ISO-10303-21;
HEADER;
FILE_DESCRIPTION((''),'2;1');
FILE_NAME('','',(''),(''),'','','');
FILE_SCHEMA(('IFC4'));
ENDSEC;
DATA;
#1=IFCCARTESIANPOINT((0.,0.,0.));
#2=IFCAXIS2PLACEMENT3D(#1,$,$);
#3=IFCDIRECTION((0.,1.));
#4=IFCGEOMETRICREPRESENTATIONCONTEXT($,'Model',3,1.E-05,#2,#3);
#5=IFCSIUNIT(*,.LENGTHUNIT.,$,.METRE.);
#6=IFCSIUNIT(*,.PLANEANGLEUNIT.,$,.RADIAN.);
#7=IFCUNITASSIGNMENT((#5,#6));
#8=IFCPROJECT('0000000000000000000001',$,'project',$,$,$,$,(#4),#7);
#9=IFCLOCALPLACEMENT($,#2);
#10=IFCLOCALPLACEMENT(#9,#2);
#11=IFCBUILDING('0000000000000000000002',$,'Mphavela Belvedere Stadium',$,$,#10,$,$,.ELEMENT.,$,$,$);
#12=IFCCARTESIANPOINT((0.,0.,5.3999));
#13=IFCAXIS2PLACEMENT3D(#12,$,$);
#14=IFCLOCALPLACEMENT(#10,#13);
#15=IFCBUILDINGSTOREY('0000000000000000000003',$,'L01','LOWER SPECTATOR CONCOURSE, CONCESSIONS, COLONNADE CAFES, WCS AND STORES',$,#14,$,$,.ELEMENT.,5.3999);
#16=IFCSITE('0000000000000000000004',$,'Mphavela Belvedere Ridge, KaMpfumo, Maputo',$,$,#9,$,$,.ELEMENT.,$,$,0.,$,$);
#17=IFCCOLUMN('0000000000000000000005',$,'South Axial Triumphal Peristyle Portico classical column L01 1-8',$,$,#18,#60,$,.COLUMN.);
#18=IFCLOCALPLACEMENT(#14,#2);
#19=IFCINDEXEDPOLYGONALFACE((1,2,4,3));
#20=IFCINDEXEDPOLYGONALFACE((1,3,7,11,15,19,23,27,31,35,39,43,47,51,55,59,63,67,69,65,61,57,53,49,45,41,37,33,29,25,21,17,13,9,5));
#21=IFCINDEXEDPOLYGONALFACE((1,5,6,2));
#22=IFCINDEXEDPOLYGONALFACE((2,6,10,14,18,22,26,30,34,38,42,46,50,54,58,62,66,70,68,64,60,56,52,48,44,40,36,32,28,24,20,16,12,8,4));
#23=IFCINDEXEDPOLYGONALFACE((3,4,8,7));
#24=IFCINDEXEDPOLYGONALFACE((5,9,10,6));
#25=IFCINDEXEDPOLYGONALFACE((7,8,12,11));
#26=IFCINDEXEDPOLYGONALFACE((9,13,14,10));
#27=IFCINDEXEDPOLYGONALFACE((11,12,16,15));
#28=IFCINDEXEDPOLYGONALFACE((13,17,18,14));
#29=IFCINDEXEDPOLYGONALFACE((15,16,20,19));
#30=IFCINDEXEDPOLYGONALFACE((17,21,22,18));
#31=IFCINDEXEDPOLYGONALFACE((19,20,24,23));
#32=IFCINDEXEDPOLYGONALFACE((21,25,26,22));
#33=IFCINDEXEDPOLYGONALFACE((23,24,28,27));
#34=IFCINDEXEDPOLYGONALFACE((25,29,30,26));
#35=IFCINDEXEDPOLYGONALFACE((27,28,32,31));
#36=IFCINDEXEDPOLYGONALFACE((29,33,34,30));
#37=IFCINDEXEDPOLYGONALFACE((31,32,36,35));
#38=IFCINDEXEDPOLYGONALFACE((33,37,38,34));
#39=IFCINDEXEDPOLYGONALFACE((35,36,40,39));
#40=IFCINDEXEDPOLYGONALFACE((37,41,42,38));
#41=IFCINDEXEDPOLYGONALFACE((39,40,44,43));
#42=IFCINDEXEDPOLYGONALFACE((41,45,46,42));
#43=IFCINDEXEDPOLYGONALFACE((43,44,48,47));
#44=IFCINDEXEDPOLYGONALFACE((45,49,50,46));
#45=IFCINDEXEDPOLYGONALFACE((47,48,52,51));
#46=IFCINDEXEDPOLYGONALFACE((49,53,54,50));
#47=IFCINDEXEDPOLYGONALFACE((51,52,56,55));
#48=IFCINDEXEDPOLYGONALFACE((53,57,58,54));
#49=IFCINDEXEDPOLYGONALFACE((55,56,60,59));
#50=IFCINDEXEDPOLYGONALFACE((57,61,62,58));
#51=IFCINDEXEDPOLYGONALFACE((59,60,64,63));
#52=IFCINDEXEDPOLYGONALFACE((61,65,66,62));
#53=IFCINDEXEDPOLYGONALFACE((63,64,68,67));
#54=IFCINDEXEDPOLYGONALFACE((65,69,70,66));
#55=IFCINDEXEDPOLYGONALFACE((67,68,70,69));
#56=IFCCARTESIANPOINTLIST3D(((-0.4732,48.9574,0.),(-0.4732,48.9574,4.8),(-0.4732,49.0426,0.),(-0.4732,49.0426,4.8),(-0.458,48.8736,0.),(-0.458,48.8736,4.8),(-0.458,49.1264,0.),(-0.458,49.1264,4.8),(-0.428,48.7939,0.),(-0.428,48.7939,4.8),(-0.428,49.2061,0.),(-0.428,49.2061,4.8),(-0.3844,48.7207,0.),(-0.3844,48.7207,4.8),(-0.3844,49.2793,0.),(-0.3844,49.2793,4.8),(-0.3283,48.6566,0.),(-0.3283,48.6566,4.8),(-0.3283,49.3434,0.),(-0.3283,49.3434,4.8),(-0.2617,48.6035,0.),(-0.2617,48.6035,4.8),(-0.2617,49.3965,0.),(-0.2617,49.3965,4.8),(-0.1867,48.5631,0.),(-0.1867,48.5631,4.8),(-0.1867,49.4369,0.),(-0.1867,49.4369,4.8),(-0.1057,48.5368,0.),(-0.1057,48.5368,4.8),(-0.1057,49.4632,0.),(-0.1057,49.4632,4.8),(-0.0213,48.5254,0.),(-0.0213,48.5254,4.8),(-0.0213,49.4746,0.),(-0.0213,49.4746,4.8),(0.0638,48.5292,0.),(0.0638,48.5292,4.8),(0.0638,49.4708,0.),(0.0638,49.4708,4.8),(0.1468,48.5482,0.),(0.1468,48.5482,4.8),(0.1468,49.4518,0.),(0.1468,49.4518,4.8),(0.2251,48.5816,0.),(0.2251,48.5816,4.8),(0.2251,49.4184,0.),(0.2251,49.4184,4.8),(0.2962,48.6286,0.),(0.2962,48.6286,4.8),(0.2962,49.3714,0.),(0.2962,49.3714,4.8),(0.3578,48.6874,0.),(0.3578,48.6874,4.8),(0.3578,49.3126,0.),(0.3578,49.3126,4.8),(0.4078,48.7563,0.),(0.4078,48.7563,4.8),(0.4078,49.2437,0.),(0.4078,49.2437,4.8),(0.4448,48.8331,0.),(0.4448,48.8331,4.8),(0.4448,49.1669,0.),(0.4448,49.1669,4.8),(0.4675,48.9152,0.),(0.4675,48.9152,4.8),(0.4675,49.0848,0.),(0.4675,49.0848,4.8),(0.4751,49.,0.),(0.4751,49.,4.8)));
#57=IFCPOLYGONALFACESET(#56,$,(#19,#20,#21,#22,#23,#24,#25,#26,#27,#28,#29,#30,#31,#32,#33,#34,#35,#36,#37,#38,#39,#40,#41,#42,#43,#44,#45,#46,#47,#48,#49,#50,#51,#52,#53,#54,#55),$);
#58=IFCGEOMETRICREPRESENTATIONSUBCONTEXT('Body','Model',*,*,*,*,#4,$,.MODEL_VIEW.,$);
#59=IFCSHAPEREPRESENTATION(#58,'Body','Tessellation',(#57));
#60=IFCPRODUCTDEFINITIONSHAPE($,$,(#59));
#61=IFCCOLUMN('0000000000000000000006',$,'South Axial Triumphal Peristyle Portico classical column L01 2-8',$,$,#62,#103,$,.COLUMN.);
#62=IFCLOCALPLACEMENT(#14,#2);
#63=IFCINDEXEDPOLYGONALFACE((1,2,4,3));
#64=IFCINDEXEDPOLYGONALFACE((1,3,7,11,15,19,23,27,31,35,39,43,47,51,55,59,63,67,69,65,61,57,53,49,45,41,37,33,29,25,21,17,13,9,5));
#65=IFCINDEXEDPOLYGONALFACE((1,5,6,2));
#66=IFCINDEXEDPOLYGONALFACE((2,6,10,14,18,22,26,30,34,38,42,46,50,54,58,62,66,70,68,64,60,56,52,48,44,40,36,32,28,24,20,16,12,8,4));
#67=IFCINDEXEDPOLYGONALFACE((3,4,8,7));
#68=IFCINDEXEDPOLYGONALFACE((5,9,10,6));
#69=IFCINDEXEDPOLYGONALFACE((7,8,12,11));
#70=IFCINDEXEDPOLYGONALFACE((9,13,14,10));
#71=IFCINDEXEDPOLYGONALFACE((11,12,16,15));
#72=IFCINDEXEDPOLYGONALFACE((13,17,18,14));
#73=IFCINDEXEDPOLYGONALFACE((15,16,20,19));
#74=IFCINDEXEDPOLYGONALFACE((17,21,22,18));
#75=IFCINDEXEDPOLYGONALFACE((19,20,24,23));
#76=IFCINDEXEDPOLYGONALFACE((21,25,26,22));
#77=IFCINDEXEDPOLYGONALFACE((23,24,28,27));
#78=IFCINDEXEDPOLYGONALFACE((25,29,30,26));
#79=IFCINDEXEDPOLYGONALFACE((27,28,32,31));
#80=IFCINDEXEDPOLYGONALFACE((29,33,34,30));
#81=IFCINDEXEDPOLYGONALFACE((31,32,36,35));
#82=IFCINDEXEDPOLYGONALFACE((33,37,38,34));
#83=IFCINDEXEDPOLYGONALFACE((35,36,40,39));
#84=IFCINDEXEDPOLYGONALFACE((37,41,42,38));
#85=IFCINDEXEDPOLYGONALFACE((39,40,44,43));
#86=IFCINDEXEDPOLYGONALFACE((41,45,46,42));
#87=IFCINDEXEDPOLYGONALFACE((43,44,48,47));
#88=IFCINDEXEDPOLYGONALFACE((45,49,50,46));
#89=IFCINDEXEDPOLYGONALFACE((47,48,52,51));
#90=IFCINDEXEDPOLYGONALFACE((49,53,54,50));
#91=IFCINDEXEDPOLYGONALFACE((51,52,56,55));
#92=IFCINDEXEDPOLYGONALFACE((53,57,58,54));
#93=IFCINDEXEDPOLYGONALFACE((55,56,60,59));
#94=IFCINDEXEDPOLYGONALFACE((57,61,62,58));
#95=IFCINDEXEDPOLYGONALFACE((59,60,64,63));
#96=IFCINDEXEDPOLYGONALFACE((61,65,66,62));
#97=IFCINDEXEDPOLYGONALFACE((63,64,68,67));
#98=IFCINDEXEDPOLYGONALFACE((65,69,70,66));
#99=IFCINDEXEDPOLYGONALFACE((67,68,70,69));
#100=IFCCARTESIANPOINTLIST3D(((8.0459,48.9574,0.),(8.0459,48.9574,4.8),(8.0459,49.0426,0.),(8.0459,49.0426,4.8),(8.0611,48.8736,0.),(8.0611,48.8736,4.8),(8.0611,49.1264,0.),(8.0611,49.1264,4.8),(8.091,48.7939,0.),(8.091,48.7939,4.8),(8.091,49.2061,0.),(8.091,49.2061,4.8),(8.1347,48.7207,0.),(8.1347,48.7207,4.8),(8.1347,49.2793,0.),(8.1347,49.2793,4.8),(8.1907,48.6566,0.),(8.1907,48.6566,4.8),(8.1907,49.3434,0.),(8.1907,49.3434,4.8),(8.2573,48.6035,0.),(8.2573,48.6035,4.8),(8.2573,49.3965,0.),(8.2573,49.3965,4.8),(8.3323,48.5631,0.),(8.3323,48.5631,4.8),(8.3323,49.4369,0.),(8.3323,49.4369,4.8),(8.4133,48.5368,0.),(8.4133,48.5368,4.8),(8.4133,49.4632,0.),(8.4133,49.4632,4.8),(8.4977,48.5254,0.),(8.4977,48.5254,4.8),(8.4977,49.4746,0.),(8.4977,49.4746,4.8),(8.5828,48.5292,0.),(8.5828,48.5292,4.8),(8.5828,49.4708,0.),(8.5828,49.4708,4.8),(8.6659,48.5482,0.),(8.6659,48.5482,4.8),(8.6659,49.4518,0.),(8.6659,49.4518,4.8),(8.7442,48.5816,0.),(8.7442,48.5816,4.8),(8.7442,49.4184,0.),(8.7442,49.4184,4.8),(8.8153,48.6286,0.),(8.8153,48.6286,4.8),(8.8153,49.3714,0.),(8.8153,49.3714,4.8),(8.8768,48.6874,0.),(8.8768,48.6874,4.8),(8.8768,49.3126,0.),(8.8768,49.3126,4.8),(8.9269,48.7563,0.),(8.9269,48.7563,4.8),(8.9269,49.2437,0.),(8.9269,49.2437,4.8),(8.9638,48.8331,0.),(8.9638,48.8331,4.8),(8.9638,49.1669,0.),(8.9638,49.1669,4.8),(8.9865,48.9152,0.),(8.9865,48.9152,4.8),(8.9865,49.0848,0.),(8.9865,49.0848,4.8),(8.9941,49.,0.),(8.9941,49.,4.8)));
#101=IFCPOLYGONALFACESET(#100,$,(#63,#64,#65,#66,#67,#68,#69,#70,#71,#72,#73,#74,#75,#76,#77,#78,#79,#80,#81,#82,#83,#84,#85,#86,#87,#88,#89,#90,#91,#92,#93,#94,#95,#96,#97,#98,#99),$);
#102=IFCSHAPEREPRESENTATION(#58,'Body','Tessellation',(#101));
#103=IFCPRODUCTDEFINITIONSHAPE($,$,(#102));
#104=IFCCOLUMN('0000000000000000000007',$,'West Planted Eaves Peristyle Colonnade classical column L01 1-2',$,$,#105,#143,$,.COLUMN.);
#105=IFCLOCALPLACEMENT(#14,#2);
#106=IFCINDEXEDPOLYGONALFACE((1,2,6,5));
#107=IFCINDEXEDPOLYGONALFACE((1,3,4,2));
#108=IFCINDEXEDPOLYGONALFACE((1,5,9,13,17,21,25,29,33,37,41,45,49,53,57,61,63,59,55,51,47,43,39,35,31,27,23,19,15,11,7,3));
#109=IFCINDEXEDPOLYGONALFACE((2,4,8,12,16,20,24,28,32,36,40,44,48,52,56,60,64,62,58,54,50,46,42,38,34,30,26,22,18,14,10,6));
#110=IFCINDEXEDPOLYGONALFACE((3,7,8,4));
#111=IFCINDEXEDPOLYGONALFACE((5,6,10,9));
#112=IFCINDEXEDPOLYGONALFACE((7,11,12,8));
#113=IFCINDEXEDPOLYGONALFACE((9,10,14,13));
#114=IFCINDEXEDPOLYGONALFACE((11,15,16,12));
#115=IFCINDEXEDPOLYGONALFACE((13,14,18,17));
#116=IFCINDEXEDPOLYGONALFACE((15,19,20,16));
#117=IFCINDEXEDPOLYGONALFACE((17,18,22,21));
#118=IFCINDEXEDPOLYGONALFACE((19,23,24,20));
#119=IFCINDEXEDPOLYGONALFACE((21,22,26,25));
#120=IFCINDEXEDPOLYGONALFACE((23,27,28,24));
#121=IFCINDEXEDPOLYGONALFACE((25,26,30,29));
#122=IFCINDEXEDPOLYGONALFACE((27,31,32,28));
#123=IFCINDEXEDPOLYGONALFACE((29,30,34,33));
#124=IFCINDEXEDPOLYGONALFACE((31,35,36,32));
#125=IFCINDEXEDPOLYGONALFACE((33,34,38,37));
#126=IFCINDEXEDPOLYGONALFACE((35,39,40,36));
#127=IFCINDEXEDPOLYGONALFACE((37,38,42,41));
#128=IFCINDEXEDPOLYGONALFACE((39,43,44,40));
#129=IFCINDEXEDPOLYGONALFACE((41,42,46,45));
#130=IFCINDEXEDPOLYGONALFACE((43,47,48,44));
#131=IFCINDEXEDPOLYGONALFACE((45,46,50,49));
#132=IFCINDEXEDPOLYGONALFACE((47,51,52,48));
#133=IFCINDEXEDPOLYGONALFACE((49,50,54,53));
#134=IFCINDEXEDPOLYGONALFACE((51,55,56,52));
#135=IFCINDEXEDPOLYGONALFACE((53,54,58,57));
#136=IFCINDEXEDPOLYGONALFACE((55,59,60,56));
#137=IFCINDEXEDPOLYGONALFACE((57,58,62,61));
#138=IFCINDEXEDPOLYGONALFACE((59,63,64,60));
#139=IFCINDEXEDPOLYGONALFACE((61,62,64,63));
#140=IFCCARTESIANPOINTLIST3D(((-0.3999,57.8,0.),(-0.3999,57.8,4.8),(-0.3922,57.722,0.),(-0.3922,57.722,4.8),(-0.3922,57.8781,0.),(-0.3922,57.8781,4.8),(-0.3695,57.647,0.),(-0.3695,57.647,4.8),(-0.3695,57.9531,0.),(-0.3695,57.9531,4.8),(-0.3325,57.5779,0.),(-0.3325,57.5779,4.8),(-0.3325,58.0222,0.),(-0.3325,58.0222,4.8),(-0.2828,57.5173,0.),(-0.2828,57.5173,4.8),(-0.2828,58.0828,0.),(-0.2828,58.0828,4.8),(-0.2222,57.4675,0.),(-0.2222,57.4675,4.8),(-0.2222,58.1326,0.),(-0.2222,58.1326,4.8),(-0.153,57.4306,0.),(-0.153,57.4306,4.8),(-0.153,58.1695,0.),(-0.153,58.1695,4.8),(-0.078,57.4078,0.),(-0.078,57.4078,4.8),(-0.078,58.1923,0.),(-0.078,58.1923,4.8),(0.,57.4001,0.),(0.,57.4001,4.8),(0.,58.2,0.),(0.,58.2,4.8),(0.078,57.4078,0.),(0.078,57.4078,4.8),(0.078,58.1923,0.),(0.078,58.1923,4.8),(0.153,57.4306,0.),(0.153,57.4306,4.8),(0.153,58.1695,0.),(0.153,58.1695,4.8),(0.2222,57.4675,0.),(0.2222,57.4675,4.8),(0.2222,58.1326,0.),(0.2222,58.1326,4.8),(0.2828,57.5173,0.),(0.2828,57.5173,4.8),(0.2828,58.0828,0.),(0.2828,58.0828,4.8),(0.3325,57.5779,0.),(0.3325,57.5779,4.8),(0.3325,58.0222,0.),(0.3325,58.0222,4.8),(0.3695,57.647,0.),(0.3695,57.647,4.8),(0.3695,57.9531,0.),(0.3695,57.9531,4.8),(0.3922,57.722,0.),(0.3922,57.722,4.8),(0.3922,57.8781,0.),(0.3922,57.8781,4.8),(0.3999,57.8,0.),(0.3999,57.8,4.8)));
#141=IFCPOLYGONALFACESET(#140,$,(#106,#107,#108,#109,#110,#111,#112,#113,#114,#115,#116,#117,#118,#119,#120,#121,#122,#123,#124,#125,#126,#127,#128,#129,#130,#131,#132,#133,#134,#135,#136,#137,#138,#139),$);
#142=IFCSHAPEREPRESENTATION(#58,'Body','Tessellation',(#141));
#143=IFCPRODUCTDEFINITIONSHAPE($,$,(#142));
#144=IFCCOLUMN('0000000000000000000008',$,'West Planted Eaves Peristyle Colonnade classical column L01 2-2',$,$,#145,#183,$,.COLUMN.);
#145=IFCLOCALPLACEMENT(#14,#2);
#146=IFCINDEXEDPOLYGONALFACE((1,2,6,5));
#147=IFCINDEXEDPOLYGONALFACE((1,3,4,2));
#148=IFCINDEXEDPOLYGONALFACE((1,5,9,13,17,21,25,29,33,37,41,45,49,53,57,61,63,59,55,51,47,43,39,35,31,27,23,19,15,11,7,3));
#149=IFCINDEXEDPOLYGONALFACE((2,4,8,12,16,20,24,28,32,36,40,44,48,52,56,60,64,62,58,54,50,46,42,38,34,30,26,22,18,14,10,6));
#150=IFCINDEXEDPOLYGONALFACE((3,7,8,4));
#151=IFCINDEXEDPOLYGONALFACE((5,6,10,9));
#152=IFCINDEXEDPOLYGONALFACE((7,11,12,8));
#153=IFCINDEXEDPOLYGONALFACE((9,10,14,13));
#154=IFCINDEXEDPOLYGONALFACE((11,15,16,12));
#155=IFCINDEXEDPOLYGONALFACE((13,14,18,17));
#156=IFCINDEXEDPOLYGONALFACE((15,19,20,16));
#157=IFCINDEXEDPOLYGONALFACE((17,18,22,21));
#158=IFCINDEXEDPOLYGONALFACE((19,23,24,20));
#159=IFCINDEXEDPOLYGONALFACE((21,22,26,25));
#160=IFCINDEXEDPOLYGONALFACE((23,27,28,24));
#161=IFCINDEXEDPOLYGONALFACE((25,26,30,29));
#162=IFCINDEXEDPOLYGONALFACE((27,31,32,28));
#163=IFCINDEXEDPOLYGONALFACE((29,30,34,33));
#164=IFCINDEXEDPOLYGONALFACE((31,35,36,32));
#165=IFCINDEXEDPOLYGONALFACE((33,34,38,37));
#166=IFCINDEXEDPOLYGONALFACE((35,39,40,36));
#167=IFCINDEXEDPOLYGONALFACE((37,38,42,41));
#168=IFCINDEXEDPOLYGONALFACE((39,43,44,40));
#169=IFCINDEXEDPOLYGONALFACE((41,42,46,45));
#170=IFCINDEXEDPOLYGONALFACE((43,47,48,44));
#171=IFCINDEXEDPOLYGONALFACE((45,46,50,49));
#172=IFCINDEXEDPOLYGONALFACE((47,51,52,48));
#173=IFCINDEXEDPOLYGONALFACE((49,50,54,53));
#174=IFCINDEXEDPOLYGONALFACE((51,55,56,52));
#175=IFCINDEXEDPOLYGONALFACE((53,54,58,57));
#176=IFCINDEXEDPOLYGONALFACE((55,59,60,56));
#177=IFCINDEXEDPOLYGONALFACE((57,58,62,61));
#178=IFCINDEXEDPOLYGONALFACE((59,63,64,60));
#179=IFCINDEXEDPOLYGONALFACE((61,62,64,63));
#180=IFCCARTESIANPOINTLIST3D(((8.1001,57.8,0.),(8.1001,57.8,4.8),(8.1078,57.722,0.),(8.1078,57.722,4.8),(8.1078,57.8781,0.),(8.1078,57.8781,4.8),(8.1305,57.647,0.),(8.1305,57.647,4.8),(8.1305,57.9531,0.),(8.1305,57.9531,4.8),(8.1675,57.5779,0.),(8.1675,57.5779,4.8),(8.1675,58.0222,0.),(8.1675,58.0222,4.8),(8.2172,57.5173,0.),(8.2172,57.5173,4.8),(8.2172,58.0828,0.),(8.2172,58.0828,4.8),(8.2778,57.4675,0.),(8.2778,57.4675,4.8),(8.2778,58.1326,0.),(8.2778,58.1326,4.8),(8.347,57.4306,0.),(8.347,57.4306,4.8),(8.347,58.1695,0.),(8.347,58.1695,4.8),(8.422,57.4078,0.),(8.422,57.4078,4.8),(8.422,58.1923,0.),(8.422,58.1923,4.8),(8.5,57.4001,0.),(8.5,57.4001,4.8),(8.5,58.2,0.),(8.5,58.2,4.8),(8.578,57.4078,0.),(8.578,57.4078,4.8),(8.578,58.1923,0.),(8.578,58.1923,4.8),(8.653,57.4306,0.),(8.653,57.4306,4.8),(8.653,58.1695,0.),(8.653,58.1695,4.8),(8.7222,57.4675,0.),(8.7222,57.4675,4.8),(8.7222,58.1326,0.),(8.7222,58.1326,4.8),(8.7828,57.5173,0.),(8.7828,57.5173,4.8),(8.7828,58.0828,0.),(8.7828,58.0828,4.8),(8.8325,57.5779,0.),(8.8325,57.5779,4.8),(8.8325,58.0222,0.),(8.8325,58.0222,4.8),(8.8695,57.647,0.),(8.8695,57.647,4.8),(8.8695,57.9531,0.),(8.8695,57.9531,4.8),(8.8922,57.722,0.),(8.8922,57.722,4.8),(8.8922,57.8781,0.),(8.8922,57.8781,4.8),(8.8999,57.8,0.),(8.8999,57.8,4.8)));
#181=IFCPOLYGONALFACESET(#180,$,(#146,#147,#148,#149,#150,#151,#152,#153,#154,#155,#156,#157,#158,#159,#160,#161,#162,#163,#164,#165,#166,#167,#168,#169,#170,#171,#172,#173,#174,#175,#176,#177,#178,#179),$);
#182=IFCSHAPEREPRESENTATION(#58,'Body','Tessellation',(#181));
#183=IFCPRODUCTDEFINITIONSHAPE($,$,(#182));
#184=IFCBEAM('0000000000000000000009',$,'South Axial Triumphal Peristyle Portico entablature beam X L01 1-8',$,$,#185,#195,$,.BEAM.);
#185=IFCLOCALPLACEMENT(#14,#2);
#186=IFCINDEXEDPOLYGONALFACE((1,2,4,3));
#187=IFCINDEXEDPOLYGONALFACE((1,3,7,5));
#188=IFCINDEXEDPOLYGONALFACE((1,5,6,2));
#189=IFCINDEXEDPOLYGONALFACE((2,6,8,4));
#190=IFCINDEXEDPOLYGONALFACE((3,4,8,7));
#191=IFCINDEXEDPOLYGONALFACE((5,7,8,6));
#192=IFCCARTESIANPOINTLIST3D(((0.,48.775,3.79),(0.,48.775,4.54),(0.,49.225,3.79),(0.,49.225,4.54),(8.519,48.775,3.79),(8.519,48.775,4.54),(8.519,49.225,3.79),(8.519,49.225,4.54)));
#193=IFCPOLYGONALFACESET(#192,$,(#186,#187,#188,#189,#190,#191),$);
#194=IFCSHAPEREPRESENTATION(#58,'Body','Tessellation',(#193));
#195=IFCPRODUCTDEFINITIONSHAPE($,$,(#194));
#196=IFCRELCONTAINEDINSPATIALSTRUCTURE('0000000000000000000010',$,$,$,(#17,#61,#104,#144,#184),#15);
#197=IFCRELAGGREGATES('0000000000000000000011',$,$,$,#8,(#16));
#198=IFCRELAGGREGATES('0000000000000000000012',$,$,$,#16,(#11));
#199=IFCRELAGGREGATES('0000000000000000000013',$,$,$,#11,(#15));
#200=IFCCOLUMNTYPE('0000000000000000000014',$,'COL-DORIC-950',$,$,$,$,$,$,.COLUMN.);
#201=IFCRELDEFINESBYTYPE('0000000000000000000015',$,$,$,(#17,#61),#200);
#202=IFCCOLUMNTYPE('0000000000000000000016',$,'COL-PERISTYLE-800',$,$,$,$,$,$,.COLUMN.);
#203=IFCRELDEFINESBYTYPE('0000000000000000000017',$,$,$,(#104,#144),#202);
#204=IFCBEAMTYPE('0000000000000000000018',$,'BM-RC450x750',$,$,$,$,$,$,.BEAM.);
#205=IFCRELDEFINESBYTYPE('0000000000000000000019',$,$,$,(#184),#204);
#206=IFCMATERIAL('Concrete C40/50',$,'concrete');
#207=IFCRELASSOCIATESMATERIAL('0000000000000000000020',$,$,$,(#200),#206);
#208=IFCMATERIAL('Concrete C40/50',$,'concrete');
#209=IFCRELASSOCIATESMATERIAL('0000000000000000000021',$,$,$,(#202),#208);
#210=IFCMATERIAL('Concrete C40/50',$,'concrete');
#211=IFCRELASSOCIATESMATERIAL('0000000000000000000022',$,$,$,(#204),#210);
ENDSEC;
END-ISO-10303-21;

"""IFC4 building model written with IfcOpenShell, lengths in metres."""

from ifc_helpers import new_model, si_unit, direction, frame, origin, origin_2d, place, context, subcontext, project, spatial, rectangle, circle, extrude, material, material_profile, profile_set, type_object, element, save


model = new_model("IFC4")

# Units and contexts
model_context = context("Model", 3, precision=1e-05, world=origin(), true_north=direction((0.0, 1.0)))
body_context = subcontext(model_context, "Body", "Model", "MODEL_VIEW")
ifc_project = project(units=[si_unit("LENGTHUNIT", "METRE"), si_unit("PLANEANGLEUNIT", "RADIAN")], contexts=[model_context])

# Site, building, storey
site_placement = place(None, origin())
site = spatial("IfcSite", under=ifc_project, at=site_placement, Name="Mphavela Belvedere Ridge, KaMpfumo, Maputo", CompositionType="ELEMENT", RefElevation=0.0)
building_placement = place(site_placement, origin())
building = spatial("IfcBuilding", under=site, at=building_placement, Name="Mphavela Belvedere Stadium", CompositionType="ELEMENT")
storey_placement = place(building_placement, frame((0.0, 0.0, 5.3999)))
storey = spatial("IfcBuildingStorey", under=building, at=storey_placement, Name="L01", Description="LOWER SPECTATOR CONCOURSE, CONCESSIONS, COLONNADE CAFES, WCS AND STORES", CompositionType="ELEMENT", Elevation=5.3999)

# Columns
ifc_material_1 = material(Name="Concrete C40/50", Category="concrete")
ifc_material_profile_1 = material_profile(ifc_material_1, circle(Radius=0.4751, at=origin_2d()), Name="COL D950")
ifc_profile_set_1 = profile_set([ifc_material_profile_1], Name="Concrete C40/50")
column_type_1 = type_object("IfcColumnType", Name="COL-DORIC-950", PredefinedType="COLUMN", material=ifc_profile_set_1)
for number, where, z_axis, x_axis, name in (
    (1, (0.0, 49.0, 0.0), (0.0, 0.0, 1.0), (1.0, 0.0, 0.0), "South Axial Triumphal Peristyle Portico classical column L01 1-8"),
    (2, (8.519, 49.0, 0.0), (0.0, 0.0, 1.0), (1.0, 0.0, 0.0), "South Axial Triumphal Peristyle Portico classical column L01 2-8"),
):
    element("IfcColumn", number, at=place(storey_placement, frame(where, z_axis=z_axis, x_axis=x_axis)), inside=storey, type_object=column_type_1, Name=name, PredefinedType="COLUMN", context=body_context, shape_type="SweptSolid", body=[
        extrude(circle(Radius=0.4751, at=origin_2d()), origin(), (0.0, 0.0, 1.0), 4.8),
    ])
ifc_material_2 = material(Name="Concrete C40/50", Category="concrete")
ifc_material_profile_2 = material_profile(ifc_material_2, circle(Radius=0.3999, at=origin_2d()), Name="COL D800")
ifc_profile_set_2 = profile_set([ifc_material_profile_2], Name="Concrete C40/50")
column_type_2 = type_object("IfcColumnType", Name="COL-PERISTYLE-800", PredefinedType="COLUMN", material=ifc_profile_set_2)
for number, where, z_axis, x_axis, name in (
    (3, (0.0, 57.8, 0.0), (0.0, 0.0, 1.0), (1.0, 0.0, 0.0), "West Planted Eaves Peristyle Colonnade classical column L01 1-2"),
    (4, (8.5, 57.8, 0.0), (0.0, 0.0, 1.0), (1.0, 0.0, 0.0), "West Planted Eaves Peristyle Colonnade classical column L01 2-2"),
):
    element("IfcColumn", number, at=place(storey_placement, frame(where, z_axis=z_axis, x_axis=x_axis)), inside=storey, type_object=column_type_2, Name=name, PredefinedType="COLUMN", context=body_context, shape_type="SweptSolid", body=[
        extrude(circle(Radius=0.3999, at=origin_2d()), origin(), (0.0, 0.0, 1.0), 4.8),
    ])

# Beam
ifc_material_3 = material(Name="Concrete C40/50", Category="concrete")
ifc_material_profile_3 = material_profile(ifc_material_3, rectangle(XDim=0.45, YDim=0.75, at=origin_2d()), Name="RC 450x750")
ifc_profile_set_3 = profile_set([ifc_material_profile_3], Name="Concrete C40/50")
beam_type = type_object("IfcBeamType", Name="BM-RC450x750", PredefinedType="BEAM", material=ifc_profile_set_3)
beam_1_placement = place(storey_placement, frame((0.0, 49.0, 4.165), z_axis=(1.0, 0.0, 0.0), x_axis=(0.0, 1.0, 0.0)))
element("IfcBeam", 5, at=beam_1_placement, inside=storey, type_object=beam_type, Name="South Axial Triumphal Peristyle Portico entablature beam X L01 1-8", PredefinedType="BEAM", context=body_context, shape_type="SweptSolid", body=[
    extrude(rectangle(XDim=0.45, YDim=0.75, at=origin_2d()), origin(), (0.0, 0.0, 1.0), 8.519),
])

save(model, "model.ifc")
